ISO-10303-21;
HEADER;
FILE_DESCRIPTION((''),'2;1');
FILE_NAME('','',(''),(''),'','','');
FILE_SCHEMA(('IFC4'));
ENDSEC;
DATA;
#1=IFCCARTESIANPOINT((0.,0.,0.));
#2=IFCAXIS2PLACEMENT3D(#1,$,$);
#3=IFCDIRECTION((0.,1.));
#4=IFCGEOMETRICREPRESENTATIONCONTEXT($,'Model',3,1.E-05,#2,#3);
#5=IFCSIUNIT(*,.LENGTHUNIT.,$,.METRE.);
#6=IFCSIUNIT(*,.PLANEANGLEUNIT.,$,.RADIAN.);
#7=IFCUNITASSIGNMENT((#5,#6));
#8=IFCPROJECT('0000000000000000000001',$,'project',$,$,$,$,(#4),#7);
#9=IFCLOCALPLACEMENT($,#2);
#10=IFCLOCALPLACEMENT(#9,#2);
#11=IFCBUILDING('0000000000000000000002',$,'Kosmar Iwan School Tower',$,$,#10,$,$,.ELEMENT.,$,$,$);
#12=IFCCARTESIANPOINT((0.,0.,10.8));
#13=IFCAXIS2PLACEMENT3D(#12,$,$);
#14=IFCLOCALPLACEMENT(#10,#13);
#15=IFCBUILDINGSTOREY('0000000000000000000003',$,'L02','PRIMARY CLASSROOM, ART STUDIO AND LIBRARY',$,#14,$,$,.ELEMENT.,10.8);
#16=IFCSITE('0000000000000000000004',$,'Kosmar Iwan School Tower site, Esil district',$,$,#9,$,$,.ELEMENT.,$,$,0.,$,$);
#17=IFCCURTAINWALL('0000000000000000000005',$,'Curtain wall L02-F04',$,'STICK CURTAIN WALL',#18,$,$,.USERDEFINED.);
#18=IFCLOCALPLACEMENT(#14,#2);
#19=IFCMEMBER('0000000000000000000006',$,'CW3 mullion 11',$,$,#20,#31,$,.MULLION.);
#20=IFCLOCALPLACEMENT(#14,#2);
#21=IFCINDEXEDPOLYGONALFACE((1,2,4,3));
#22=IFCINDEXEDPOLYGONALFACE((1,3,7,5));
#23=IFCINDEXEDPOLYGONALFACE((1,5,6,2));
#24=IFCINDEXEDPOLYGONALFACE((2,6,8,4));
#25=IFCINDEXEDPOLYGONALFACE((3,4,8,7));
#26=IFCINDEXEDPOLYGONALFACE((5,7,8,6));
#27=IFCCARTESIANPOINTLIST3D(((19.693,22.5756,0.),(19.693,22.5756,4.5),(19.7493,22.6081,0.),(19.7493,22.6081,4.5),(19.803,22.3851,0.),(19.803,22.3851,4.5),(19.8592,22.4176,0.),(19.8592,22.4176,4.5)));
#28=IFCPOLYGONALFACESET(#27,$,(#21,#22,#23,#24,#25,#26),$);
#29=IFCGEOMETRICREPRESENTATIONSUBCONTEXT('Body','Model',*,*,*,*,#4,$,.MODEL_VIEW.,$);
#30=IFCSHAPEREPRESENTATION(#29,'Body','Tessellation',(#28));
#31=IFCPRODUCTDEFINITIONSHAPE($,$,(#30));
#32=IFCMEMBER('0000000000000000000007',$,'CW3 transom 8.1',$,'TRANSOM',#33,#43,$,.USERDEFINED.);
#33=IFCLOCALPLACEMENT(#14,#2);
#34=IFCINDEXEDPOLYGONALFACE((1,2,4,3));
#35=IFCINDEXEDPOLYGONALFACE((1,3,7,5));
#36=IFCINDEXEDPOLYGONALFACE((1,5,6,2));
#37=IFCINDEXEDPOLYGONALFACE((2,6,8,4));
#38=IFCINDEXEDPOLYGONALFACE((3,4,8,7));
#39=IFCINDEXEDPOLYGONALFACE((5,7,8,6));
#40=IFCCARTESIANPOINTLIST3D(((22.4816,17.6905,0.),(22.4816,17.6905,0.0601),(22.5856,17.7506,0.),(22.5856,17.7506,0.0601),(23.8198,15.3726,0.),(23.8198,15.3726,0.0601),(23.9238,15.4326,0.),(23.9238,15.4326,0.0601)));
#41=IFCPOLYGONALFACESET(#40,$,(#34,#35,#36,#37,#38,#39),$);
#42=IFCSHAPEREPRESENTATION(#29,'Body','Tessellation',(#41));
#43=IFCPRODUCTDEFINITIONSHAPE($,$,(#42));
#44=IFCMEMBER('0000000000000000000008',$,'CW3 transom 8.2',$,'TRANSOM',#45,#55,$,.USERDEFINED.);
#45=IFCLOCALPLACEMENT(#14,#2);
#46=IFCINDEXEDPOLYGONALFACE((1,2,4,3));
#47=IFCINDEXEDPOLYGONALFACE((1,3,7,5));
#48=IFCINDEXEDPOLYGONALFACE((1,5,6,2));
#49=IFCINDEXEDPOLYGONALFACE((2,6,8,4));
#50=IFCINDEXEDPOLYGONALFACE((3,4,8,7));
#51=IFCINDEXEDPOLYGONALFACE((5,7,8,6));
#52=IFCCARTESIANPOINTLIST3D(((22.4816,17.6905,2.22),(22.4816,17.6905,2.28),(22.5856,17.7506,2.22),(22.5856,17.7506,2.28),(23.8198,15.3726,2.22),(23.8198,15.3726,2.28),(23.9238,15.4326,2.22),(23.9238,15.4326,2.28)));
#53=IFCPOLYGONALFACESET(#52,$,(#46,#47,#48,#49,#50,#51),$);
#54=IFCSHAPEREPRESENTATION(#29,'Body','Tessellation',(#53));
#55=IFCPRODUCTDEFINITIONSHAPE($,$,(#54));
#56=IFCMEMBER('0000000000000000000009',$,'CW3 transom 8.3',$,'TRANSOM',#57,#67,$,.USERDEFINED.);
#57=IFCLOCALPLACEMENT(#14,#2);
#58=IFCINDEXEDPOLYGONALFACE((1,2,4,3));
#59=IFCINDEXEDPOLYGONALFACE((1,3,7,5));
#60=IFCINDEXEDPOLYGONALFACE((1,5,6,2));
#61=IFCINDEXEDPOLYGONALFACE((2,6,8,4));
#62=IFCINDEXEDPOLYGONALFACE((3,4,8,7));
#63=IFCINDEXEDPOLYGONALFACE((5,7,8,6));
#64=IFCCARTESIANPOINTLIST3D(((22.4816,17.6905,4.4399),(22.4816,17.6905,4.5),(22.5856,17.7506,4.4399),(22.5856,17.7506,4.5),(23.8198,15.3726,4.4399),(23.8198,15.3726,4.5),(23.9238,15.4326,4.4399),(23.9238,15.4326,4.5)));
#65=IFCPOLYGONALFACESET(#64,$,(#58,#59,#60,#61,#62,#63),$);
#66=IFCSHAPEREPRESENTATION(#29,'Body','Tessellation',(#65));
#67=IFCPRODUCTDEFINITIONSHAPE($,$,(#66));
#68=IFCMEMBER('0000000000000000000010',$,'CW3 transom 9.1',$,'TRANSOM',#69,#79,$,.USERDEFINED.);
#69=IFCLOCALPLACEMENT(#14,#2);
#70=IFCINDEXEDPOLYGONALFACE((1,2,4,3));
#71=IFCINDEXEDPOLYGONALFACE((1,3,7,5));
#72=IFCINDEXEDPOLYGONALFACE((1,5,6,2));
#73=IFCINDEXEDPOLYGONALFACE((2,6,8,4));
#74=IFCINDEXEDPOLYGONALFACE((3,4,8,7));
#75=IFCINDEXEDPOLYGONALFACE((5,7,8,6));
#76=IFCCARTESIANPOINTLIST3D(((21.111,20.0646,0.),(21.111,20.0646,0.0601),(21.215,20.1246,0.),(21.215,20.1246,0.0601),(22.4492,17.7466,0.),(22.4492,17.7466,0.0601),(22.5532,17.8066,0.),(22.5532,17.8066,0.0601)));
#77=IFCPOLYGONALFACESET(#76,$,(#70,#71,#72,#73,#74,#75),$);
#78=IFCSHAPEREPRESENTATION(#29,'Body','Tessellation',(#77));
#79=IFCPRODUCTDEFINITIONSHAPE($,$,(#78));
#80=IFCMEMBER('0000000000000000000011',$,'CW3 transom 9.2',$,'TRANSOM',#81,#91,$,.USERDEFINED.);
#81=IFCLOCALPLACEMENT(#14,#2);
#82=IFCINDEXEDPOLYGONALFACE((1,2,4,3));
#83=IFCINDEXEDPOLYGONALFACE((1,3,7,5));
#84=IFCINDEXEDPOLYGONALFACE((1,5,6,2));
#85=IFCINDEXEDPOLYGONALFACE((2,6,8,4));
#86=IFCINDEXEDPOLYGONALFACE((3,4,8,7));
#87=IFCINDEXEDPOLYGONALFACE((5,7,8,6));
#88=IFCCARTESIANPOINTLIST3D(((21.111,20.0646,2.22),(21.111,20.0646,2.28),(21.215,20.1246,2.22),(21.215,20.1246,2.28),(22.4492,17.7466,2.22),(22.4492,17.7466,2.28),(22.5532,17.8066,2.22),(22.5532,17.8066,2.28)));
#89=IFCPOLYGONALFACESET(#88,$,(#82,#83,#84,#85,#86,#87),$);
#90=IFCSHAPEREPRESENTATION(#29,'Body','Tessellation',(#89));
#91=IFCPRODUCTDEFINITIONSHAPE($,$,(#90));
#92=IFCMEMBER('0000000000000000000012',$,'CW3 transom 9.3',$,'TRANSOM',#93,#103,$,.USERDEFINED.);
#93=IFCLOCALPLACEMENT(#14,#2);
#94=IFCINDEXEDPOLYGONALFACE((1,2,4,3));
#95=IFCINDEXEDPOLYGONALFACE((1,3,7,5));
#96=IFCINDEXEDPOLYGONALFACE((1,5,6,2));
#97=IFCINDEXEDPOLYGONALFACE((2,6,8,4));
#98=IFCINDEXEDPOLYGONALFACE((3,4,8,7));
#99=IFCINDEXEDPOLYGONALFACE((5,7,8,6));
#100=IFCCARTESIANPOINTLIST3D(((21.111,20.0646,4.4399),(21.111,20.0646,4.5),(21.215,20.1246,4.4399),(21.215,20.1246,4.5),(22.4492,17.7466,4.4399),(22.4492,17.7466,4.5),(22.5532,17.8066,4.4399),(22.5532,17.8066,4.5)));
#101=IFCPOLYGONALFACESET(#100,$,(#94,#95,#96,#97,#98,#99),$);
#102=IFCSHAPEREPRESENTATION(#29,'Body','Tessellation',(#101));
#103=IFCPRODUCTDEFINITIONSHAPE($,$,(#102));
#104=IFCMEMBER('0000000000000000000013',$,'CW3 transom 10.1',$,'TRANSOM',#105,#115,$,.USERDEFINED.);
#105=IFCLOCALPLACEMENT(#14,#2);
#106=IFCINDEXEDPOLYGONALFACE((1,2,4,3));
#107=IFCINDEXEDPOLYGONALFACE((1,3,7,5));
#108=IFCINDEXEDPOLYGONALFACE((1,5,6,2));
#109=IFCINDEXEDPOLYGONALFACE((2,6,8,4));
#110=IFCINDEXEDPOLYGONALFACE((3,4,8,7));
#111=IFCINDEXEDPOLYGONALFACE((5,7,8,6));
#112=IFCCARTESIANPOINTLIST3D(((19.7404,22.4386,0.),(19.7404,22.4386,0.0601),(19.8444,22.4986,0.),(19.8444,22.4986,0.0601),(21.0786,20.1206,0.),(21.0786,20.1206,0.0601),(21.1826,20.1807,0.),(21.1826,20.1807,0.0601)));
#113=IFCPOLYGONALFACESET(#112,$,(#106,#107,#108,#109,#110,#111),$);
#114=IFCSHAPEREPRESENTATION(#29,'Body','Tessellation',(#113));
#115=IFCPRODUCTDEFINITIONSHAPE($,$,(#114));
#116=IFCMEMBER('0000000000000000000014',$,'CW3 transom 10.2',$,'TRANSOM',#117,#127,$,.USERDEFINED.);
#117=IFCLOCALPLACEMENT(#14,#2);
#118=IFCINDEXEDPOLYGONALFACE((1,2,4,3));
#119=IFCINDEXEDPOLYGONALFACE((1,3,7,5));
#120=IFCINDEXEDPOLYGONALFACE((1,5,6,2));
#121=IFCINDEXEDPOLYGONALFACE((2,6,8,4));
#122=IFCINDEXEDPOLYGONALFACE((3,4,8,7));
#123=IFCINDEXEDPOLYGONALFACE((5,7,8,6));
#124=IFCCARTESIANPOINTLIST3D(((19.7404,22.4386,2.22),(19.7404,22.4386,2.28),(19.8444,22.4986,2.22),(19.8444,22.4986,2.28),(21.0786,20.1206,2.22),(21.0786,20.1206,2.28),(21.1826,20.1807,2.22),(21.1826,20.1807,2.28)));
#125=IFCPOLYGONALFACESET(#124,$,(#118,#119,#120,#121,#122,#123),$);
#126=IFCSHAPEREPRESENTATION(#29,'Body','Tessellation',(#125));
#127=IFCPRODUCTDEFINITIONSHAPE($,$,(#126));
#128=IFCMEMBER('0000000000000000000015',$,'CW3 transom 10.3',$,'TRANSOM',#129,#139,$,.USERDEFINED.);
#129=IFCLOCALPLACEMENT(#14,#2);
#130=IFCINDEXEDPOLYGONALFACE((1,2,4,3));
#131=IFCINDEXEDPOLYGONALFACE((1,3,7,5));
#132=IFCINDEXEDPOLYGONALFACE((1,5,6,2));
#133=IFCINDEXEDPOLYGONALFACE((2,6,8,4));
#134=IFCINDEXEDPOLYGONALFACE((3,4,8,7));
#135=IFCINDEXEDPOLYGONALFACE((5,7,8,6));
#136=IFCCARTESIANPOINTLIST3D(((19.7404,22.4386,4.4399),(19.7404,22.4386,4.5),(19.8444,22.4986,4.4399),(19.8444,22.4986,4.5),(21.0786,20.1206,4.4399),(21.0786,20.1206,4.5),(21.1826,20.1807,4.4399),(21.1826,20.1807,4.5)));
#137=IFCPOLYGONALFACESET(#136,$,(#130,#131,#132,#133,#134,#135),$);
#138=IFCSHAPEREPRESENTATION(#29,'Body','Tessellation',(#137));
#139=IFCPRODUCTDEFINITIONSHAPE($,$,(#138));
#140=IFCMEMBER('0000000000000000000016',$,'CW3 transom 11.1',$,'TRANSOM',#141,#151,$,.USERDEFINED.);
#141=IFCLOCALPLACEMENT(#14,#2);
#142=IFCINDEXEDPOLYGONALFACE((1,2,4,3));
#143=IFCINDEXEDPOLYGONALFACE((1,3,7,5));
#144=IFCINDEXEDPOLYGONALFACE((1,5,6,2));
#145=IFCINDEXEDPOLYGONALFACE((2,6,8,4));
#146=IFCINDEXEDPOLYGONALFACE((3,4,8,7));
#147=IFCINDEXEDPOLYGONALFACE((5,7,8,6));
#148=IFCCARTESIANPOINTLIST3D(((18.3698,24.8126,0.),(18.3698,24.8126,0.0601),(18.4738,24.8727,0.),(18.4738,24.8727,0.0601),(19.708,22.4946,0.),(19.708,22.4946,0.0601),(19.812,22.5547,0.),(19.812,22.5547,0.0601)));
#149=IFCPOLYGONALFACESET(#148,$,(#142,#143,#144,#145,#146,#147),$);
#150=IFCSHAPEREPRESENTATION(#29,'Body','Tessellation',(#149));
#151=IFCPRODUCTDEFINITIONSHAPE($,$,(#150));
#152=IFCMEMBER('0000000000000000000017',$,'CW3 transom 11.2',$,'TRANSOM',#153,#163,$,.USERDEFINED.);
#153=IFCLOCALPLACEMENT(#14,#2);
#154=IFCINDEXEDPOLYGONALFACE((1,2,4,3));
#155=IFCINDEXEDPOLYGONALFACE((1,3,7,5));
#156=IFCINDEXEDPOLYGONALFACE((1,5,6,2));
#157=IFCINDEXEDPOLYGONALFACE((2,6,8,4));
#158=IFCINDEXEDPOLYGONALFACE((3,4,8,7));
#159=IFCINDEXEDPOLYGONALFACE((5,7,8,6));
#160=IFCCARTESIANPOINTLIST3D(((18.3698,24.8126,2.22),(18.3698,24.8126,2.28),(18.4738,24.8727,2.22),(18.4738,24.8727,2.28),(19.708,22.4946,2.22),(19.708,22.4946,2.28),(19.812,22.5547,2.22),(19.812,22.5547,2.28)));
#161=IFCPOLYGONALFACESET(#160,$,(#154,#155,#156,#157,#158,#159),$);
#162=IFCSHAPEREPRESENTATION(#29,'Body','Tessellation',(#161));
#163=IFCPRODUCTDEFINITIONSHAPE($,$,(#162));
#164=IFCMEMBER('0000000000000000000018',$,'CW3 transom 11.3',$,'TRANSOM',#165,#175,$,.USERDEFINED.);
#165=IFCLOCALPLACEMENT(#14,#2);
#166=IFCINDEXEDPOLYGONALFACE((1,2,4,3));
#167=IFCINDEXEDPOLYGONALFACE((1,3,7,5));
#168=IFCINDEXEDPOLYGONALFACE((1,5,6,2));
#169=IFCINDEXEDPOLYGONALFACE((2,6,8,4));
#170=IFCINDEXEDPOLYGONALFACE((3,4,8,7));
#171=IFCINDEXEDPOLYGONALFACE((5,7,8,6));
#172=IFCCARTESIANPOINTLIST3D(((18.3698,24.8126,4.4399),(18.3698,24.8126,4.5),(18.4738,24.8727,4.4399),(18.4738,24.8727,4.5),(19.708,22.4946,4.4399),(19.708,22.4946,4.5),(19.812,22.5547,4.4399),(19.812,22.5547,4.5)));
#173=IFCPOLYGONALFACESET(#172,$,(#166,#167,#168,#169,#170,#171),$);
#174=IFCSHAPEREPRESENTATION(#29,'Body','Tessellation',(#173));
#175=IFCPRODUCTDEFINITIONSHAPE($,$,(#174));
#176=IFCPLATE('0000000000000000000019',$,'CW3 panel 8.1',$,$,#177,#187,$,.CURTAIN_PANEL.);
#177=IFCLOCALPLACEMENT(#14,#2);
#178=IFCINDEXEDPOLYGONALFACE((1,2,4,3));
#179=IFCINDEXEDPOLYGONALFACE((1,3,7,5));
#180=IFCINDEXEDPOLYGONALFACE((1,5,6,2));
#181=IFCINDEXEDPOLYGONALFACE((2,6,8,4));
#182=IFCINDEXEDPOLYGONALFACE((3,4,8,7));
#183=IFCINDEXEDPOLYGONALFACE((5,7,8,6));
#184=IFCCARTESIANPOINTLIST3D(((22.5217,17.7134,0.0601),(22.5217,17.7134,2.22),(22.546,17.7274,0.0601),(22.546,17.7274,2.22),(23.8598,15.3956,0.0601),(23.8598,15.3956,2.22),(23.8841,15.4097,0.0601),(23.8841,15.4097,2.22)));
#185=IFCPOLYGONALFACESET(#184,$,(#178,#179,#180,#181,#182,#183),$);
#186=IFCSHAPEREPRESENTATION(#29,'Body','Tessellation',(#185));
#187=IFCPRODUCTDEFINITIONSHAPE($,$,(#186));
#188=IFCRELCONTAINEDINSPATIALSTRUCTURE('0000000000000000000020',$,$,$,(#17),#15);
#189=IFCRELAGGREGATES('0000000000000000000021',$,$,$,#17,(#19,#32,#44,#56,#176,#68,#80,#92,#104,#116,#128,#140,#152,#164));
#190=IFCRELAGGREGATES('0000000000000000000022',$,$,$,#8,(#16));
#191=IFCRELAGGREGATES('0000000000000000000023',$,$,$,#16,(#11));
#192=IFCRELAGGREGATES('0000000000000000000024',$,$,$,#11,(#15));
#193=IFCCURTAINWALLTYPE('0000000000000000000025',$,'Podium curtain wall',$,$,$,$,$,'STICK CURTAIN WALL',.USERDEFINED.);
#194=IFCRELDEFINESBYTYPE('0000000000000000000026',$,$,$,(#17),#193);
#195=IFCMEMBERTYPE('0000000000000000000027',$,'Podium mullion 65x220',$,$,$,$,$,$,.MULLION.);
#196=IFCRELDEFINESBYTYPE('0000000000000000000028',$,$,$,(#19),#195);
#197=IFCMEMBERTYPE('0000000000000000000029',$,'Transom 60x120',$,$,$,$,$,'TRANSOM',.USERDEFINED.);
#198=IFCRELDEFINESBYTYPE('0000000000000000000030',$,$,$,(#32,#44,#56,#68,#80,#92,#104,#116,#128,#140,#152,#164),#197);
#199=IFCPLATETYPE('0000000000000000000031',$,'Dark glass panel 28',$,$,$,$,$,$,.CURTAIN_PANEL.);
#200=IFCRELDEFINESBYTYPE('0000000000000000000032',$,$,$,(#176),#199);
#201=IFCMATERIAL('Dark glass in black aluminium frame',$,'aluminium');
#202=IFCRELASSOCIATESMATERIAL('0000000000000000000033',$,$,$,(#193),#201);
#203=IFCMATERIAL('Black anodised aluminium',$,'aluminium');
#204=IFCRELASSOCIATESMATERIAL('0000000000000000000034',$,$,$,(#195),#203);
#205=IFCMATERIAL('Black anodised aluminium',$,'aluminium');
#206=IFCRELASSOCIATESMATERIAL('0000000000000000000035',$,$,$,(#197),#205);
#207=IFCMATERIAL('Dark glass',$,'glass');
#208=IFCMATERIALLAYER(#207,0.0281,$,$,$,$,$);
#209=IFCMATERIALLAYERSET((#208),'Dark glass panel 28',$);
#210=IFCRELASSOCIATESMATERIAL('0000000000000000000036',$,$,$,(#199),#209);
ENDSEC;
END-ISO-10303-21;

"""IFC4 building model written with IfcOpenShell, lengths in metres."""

from ifc_helpers import new_model, si_unit, direction, frame, origin, origin_2d, place, context, subcontext, project, spatial, rectangle, extrude, material, layer, layer_set, material_profile, profile_set, type_object, element, aggregate, save


model = new_model("IFC4")

# Units and contexts
model_context = context("Model", 3, precision=1e-05, world=origin(), true_north=direction((0.0, 1.0)))
body_context = subcontext(model_context, "Body", "Model", "MODEL_VIEW")
ifc_project = project(units=[si_unit("LENGTHUNIT", "METRE"), si_unit("PLANEANGLEUNIT", "RADIAN")], contexts=[model_context])

# Site, building, storey
site_placement = place(None, origin())
site = spatial("IfcSite", under=ifc_project, at=site_placement, Name="Kosmar Iwan School Tower site, Esil district", CompositionType="ELEMENT", RefElevation=0.0)
building_placement = place(site_placement, origin())
building = spatial("IfcBuilding", under=site, at=building_placement, Name="Kosmar Iwan School Tower", CompositionType="ELEMENT")
storey_placement = place(building_placement, frame((0.0, 0.0, 10.8)))
storey = spatial("IfcBuildingStorey", under=building, at=storey_placement, Name="L02", Description="PRIMARY CLASSROOM, ART STUDIO AND LIBRARY", CompositionType="ELEMENT", Elevation=10.8)

# Curtain wall, members, plate
ifc_material_1 = material(Name="Dark glass in black aluminium frame", Category="aluminium")
curtain_wall_type = type_object("IfcCurtainWallType", Name="Podium curtain wall", ElementType="STICK CURTAIN WALL", PredefinedType="USERDEFINED", material=ifc_material_1)
curtain_wall_placement = place(storey_placement, origin())
curtain_wall = element("IfcCurtainWall", 1, at=curtain_wall_placement, inside=storey, type_object=curtain_wall_type, Name="Curtain wall L02-F04", ObjectType="STICK CURTAIN WALL", PredefinedType="USERDEFINED")
ifc_material_2 = material(Name="Black anodised aluminium", Category="aluminium")
ifc_material_profile_1 = material_profile(ifc_material_2, rectangle(XDim=0.0649, YDim=0.22, at=origin_2d()), Name="MULLION 65x220")
ifc_profile_set_1 = profile_set([ifc_material_profile_1], Name="Black anodised aluminium")
member_type_1 = type_object("IfcMemberType", Name="Podium mullion 65x220", PredefinedType="MULLION", material=ifc_profile_set_1)
member_1_placement = place(storey_placement, frame((19.7761, 22.4966, 0.0), z_axis=(0.0, 0.0, 1.0), x_axis=(-0.866025, -0.5, 0.0)))
member_1 = element("IfcMember", 2, at=member_1_placement, type_object=member_type_1, Name="CW3 mullion 11", PredefinedType="MULLION", context=body_context, shape_type="SweptSolid", body=[
    extrude(rectangle(XDim=0.0649, YDim=0.22, at=origin_2d()), origin(), (0.0, 0.0, 1.0), 4.5),
])
ifc_material_3 = material(Name="Black anodised aluminium", Category="aluminium")
ifc_material_profile_2 = material_profile(ifc_material_3, rectangle(XDim=0.1201, YDim=0.0601, at=origin_2d()), Name="TRANSOM 60x120")
ifc_profile_set_2 = profile_set([ifc_material_profile_2], Name="Black anodised aluminium")
member_type_2 = type_object("IfcMemberType", Name="Transom 60x120", ElementType="TRANSOM", PredefinedType="USERDEFINED", material=ifc_profile_set_2)
member_2_placement = place(storey_placement, frame((23.8718, 15.4026, 0.03), z_axis=(-0.499975, 0.86604, 0.0), x_axis=(-0.86604, -0.499975, 0.0)))
member_2 = element("IfcMember", 3, at=member_2_placement, type_object=member_type_2, Name="CW3 transom 8.1", ObjectType="TRANSOM", PredefinedType="USERDEFINED", context=body_context, shape_type="SweptSolid", body=[
    extrude(rectangle(XDim=0.1201, YDim=0.0601, at=origin_2d()), origin(), (0.0, 0.0, 1.0), 2.6765),
])
member_3_placement = place(storey_placement, frame((23.8718, 15.4026, 2.25), z_axis=(-0.499975, 0.86604, 0.0), x_axis=(-0.86604, -0.499975, 0.0)))
member_3 = element("IfcMember", 4, at=member_3_placement, type_object=member_type_2, Name="CW3 transom 8.2", ObjectType="TRANSOM", PredefinedType="USERDEFINED", context=body_context, shape_type="SweptSolid", body=[
    extrude(rectangle(XDim=0.1201, YDim=0.0601, at=origin_2d()), origin(), (0.0, 0.0, 1.0), 2.6765),
])
member_4_placement = place(storey_placement, frame((23.8718, 15.4026, 4.47), z_axis=(-0.499975, 0.86604, 0.0), x_axis=(-0.86604, -0.499975, 0.0)))
member_4 = element("IfcMember", 5, at=member_4_placement, type_object=member_type_2, Name="CW3 transom 8.3", ObjectType="TRANSOM", PredefinedType="USERDEFINED", context=body_context, shape_type="SweptSolid", body=[
    extrude(rectangle(XDim=0.1201, YDim=0.0601, at=origin_2d()), origin(), (0.0, 0.0, 1.0), 2.6765),
])
member_5_placement = place(storey_placement, frame((22.5012, 17.7766, 0.03), z_axis=(-0.499975, 0.86604, 0.0), x_axis=(-0.86604, -0.499975, 0.0)))
member_5 = element("IfcMember", 6, at=member_5_placement, type_object=member_type_2, Name="CW3 transom 9.1", ObjectType="TRANSOM", PredefinedType="USERDEFINED", context=body_context, shape_type="SweptSolid", body=[
    extrude(rectangle(XDim=0.1201, YDim=0.0601, at=origin_2d()), origin(), (0.0, 0.0, 1.0), 2.6765),
])
member_6_placement = place(storey_placement, frame((22.5012, 17.7766, 2.25), z_axis=(-0.499975, 0.86604, 0.0), x_axis=(-0.86604, -0.499975, 0.0)))
member_6 = element("IfcMember", 7, at=member_6_placement, type_object=member_type_2, Name="CW3 transom 9.2", ObjectType="TRANSOM", PredefinedType="USERDEFINED", context=body_context, shape_type="SweptSolid", body=[
    extrude(rectangle(XDim=0.1201, YDim=0.0601, at=origin_2d()), origin(), (0.0, 0.0, 1.0), 2.6765),
])
member_7_placement = place(storey_placement, frame((22.5012, 17.7766, 4.47), z_axis=(-0.499975, 0.86604, 0.0), x_axis=(-0.86604, -0.499975, 0.0)))
member_7 = element("IfcMember", 8, at=member_7_placement, type_object=member_type_2, Name="CW3 transom 9.3", ObjectType="TRANSOM", PredefinedType="USERDEFINED", context=body_context, shape_type="SweptSolid", body=[
    extrude(rectangle(XDim=0.1201, YDim=0.0601, at=origin_2d()), origin(), (0.0, 0.0, 1.0), 2.6765),
])
member_8_placement = place(storey_placement, frame((21.1306, 20.1506, 0.03), z_axis=(-0.499975, 0.86604, 0.0), x_axis=(-0.86604, -0.499975, 0.0)))
member_8 = element("IfcMember", 9, at=member_8_placement, type_object=member_type_2, Name="CW3 transom 10.1", ObjectType="TRANSOM", PredefinedType="USERDEFINED", context=body_context, shape_type="SweptSolid", body=[
    extrude(rectangle(XDim=0.1201, YDim=0.0601, at=origin_2d()), origin(), (0.0, 0.0, 1.0), 2.6765),
])
member_9_placement = place(storey_placement, frame((21.1306, 20.1506, 2.25), z_axis=(-0.499975, 0.86604, 0.0), x_axis=(-0.86604, -0.499975, 0.0)))
member_9 = element("IfcMember", 10, at=member_9_placement, type_object=member_type_2, Name="CW3 transom 10.2", ObjectType="TRANSOM", PredefinedType="USERDEFINED", context=body_context, shape_type="SweptSolid", body=[
    extrude(rectangle(XDim=0.1201, YDim=0.0601, at=origin_2d()), origin(), (0.0, 0.0, 1.0), 2.6765),
])
member_10_placement = place(storey_placement, frame((21.1306, 20.1506, 4.47), z_axis=(-0.499975, 0.86604, 0.0), x_axis=(-0.86604, -0.499975, 0.0)))
member_10 = element("IfcMember", 11, at=member_10_placement, type_object=member_type_2, Name="CW3 transom 10.3", ObjectType="TRANSOM", PredefinedType="USERDEFINED", context=body_context, shape_type="SweptSolid", body=[
    extrude(rectangle(XDim=0.1201, YDim=0.0601, at=origin_2d()), origin(), (0.0, 0.0, 1.0), 2.6765),
])
member_11_placement = place(storey_placement, frame((19.76, 22.5247, 0.03), z_axis=(-0.499975, 0.86604, 0.0), x_axis=(-0.86604, -0.499975, 0.0)))
member_11 = element("IfcMember", 12, at=member_11_placement, type_object=member_type_2, Name="CW3 transom 11.1", ObjectType="TRANSOM", PredefinedType="USERDEFINED", context=body_context, shape_type="SweptSolid", body=[
    extrude(rectangle(XDim=0.1201, YDim=0.0601, at=origin_2d()), origin(), (0.0, 0.0, 1.0), 2.6765),
])
member_12_placement = place(storey_placement, frame((19.76, 22.5247, 2.25), z_axis=(-0.499975, 0.86604, 0.0), x_axis=(-0.86604, -0.499975, 0.0)))
member_12 = element("IfcMember", 13, at=member_12_placement, type_object=member_type_2, Name="CW3 transom 11.2", ObjectType="TRANSOM", PredefinedType="USERDEFINED", context=body_context, shape_type="SweptSolid", body=[
    extrude(rectangle(XDim=0.1201, YDim=0.0601, at=origin_2d()), origin(), (0.0, 0.0, 1.0), 2.6765),
])
member_13_placement = place(storey_placement, frame((19.76, 22.5247, 4.47), z_axis=(-0.499975, 0.86604, 0.0), x_axis=(-0.86604, -0.499975, 0.0)))
member_13 = element("IfcMember", 14, at=member_13_placement, type_object=member_type_2, Name="CW3 transom 11.3", ObjectType="TRANSOM", PredefinedType="USERDEFINED", context=body_context, shape_type="SweptSolid", body=[
    extrude(rectangle(XDim=0.1201, YDim=0.0601, at=origin_2d()), origin(), (0.0, 0.0, 1.0), 2.6765),
])
ifc_material_4 = material(Name="Dark glass", Category="glass")
ifc_layer_1 = layer(ifc_material_4, 0.0281)
ifc_layer_set_1 = layer_set([ifc_layer_1], Name="Dark glass panel 28")
plate_type = type_object("IfcPlateType", Name="Dark glass panel 28", PredefinedType="CURTAIN_PANEL", material=ifc_layer_set_1)
plate_1_placement = place(storey_placement, frame((23.2029, 16.5615, 0.0601), z_axis=(0.0, 0.0, 1.0), x_axis=(-0.5, 0.866025, 0.0)))
plate_1 = element("IfcPlate", 15, at=plate_1_placement, type_object=plate_type, Name="CW3 panel 8.1", PredefinedType="CURTAIN_PANEL", context=body_context, shape_type="SweptSolid", body=[
    extrude(rectangle(XDim=2.6763, YDim=0.0281, at=origin_2d()), origin(), (0.0, 0.0, 1.0), 2.1599),
])
aggregate(curtain_wall, [member_1, member_2, member_3, member_4, plate_1, member_5, member_6, member_7, member_8, member_9, member_10, member_11, member_12, member_13])

save(model, "model.ifc")
